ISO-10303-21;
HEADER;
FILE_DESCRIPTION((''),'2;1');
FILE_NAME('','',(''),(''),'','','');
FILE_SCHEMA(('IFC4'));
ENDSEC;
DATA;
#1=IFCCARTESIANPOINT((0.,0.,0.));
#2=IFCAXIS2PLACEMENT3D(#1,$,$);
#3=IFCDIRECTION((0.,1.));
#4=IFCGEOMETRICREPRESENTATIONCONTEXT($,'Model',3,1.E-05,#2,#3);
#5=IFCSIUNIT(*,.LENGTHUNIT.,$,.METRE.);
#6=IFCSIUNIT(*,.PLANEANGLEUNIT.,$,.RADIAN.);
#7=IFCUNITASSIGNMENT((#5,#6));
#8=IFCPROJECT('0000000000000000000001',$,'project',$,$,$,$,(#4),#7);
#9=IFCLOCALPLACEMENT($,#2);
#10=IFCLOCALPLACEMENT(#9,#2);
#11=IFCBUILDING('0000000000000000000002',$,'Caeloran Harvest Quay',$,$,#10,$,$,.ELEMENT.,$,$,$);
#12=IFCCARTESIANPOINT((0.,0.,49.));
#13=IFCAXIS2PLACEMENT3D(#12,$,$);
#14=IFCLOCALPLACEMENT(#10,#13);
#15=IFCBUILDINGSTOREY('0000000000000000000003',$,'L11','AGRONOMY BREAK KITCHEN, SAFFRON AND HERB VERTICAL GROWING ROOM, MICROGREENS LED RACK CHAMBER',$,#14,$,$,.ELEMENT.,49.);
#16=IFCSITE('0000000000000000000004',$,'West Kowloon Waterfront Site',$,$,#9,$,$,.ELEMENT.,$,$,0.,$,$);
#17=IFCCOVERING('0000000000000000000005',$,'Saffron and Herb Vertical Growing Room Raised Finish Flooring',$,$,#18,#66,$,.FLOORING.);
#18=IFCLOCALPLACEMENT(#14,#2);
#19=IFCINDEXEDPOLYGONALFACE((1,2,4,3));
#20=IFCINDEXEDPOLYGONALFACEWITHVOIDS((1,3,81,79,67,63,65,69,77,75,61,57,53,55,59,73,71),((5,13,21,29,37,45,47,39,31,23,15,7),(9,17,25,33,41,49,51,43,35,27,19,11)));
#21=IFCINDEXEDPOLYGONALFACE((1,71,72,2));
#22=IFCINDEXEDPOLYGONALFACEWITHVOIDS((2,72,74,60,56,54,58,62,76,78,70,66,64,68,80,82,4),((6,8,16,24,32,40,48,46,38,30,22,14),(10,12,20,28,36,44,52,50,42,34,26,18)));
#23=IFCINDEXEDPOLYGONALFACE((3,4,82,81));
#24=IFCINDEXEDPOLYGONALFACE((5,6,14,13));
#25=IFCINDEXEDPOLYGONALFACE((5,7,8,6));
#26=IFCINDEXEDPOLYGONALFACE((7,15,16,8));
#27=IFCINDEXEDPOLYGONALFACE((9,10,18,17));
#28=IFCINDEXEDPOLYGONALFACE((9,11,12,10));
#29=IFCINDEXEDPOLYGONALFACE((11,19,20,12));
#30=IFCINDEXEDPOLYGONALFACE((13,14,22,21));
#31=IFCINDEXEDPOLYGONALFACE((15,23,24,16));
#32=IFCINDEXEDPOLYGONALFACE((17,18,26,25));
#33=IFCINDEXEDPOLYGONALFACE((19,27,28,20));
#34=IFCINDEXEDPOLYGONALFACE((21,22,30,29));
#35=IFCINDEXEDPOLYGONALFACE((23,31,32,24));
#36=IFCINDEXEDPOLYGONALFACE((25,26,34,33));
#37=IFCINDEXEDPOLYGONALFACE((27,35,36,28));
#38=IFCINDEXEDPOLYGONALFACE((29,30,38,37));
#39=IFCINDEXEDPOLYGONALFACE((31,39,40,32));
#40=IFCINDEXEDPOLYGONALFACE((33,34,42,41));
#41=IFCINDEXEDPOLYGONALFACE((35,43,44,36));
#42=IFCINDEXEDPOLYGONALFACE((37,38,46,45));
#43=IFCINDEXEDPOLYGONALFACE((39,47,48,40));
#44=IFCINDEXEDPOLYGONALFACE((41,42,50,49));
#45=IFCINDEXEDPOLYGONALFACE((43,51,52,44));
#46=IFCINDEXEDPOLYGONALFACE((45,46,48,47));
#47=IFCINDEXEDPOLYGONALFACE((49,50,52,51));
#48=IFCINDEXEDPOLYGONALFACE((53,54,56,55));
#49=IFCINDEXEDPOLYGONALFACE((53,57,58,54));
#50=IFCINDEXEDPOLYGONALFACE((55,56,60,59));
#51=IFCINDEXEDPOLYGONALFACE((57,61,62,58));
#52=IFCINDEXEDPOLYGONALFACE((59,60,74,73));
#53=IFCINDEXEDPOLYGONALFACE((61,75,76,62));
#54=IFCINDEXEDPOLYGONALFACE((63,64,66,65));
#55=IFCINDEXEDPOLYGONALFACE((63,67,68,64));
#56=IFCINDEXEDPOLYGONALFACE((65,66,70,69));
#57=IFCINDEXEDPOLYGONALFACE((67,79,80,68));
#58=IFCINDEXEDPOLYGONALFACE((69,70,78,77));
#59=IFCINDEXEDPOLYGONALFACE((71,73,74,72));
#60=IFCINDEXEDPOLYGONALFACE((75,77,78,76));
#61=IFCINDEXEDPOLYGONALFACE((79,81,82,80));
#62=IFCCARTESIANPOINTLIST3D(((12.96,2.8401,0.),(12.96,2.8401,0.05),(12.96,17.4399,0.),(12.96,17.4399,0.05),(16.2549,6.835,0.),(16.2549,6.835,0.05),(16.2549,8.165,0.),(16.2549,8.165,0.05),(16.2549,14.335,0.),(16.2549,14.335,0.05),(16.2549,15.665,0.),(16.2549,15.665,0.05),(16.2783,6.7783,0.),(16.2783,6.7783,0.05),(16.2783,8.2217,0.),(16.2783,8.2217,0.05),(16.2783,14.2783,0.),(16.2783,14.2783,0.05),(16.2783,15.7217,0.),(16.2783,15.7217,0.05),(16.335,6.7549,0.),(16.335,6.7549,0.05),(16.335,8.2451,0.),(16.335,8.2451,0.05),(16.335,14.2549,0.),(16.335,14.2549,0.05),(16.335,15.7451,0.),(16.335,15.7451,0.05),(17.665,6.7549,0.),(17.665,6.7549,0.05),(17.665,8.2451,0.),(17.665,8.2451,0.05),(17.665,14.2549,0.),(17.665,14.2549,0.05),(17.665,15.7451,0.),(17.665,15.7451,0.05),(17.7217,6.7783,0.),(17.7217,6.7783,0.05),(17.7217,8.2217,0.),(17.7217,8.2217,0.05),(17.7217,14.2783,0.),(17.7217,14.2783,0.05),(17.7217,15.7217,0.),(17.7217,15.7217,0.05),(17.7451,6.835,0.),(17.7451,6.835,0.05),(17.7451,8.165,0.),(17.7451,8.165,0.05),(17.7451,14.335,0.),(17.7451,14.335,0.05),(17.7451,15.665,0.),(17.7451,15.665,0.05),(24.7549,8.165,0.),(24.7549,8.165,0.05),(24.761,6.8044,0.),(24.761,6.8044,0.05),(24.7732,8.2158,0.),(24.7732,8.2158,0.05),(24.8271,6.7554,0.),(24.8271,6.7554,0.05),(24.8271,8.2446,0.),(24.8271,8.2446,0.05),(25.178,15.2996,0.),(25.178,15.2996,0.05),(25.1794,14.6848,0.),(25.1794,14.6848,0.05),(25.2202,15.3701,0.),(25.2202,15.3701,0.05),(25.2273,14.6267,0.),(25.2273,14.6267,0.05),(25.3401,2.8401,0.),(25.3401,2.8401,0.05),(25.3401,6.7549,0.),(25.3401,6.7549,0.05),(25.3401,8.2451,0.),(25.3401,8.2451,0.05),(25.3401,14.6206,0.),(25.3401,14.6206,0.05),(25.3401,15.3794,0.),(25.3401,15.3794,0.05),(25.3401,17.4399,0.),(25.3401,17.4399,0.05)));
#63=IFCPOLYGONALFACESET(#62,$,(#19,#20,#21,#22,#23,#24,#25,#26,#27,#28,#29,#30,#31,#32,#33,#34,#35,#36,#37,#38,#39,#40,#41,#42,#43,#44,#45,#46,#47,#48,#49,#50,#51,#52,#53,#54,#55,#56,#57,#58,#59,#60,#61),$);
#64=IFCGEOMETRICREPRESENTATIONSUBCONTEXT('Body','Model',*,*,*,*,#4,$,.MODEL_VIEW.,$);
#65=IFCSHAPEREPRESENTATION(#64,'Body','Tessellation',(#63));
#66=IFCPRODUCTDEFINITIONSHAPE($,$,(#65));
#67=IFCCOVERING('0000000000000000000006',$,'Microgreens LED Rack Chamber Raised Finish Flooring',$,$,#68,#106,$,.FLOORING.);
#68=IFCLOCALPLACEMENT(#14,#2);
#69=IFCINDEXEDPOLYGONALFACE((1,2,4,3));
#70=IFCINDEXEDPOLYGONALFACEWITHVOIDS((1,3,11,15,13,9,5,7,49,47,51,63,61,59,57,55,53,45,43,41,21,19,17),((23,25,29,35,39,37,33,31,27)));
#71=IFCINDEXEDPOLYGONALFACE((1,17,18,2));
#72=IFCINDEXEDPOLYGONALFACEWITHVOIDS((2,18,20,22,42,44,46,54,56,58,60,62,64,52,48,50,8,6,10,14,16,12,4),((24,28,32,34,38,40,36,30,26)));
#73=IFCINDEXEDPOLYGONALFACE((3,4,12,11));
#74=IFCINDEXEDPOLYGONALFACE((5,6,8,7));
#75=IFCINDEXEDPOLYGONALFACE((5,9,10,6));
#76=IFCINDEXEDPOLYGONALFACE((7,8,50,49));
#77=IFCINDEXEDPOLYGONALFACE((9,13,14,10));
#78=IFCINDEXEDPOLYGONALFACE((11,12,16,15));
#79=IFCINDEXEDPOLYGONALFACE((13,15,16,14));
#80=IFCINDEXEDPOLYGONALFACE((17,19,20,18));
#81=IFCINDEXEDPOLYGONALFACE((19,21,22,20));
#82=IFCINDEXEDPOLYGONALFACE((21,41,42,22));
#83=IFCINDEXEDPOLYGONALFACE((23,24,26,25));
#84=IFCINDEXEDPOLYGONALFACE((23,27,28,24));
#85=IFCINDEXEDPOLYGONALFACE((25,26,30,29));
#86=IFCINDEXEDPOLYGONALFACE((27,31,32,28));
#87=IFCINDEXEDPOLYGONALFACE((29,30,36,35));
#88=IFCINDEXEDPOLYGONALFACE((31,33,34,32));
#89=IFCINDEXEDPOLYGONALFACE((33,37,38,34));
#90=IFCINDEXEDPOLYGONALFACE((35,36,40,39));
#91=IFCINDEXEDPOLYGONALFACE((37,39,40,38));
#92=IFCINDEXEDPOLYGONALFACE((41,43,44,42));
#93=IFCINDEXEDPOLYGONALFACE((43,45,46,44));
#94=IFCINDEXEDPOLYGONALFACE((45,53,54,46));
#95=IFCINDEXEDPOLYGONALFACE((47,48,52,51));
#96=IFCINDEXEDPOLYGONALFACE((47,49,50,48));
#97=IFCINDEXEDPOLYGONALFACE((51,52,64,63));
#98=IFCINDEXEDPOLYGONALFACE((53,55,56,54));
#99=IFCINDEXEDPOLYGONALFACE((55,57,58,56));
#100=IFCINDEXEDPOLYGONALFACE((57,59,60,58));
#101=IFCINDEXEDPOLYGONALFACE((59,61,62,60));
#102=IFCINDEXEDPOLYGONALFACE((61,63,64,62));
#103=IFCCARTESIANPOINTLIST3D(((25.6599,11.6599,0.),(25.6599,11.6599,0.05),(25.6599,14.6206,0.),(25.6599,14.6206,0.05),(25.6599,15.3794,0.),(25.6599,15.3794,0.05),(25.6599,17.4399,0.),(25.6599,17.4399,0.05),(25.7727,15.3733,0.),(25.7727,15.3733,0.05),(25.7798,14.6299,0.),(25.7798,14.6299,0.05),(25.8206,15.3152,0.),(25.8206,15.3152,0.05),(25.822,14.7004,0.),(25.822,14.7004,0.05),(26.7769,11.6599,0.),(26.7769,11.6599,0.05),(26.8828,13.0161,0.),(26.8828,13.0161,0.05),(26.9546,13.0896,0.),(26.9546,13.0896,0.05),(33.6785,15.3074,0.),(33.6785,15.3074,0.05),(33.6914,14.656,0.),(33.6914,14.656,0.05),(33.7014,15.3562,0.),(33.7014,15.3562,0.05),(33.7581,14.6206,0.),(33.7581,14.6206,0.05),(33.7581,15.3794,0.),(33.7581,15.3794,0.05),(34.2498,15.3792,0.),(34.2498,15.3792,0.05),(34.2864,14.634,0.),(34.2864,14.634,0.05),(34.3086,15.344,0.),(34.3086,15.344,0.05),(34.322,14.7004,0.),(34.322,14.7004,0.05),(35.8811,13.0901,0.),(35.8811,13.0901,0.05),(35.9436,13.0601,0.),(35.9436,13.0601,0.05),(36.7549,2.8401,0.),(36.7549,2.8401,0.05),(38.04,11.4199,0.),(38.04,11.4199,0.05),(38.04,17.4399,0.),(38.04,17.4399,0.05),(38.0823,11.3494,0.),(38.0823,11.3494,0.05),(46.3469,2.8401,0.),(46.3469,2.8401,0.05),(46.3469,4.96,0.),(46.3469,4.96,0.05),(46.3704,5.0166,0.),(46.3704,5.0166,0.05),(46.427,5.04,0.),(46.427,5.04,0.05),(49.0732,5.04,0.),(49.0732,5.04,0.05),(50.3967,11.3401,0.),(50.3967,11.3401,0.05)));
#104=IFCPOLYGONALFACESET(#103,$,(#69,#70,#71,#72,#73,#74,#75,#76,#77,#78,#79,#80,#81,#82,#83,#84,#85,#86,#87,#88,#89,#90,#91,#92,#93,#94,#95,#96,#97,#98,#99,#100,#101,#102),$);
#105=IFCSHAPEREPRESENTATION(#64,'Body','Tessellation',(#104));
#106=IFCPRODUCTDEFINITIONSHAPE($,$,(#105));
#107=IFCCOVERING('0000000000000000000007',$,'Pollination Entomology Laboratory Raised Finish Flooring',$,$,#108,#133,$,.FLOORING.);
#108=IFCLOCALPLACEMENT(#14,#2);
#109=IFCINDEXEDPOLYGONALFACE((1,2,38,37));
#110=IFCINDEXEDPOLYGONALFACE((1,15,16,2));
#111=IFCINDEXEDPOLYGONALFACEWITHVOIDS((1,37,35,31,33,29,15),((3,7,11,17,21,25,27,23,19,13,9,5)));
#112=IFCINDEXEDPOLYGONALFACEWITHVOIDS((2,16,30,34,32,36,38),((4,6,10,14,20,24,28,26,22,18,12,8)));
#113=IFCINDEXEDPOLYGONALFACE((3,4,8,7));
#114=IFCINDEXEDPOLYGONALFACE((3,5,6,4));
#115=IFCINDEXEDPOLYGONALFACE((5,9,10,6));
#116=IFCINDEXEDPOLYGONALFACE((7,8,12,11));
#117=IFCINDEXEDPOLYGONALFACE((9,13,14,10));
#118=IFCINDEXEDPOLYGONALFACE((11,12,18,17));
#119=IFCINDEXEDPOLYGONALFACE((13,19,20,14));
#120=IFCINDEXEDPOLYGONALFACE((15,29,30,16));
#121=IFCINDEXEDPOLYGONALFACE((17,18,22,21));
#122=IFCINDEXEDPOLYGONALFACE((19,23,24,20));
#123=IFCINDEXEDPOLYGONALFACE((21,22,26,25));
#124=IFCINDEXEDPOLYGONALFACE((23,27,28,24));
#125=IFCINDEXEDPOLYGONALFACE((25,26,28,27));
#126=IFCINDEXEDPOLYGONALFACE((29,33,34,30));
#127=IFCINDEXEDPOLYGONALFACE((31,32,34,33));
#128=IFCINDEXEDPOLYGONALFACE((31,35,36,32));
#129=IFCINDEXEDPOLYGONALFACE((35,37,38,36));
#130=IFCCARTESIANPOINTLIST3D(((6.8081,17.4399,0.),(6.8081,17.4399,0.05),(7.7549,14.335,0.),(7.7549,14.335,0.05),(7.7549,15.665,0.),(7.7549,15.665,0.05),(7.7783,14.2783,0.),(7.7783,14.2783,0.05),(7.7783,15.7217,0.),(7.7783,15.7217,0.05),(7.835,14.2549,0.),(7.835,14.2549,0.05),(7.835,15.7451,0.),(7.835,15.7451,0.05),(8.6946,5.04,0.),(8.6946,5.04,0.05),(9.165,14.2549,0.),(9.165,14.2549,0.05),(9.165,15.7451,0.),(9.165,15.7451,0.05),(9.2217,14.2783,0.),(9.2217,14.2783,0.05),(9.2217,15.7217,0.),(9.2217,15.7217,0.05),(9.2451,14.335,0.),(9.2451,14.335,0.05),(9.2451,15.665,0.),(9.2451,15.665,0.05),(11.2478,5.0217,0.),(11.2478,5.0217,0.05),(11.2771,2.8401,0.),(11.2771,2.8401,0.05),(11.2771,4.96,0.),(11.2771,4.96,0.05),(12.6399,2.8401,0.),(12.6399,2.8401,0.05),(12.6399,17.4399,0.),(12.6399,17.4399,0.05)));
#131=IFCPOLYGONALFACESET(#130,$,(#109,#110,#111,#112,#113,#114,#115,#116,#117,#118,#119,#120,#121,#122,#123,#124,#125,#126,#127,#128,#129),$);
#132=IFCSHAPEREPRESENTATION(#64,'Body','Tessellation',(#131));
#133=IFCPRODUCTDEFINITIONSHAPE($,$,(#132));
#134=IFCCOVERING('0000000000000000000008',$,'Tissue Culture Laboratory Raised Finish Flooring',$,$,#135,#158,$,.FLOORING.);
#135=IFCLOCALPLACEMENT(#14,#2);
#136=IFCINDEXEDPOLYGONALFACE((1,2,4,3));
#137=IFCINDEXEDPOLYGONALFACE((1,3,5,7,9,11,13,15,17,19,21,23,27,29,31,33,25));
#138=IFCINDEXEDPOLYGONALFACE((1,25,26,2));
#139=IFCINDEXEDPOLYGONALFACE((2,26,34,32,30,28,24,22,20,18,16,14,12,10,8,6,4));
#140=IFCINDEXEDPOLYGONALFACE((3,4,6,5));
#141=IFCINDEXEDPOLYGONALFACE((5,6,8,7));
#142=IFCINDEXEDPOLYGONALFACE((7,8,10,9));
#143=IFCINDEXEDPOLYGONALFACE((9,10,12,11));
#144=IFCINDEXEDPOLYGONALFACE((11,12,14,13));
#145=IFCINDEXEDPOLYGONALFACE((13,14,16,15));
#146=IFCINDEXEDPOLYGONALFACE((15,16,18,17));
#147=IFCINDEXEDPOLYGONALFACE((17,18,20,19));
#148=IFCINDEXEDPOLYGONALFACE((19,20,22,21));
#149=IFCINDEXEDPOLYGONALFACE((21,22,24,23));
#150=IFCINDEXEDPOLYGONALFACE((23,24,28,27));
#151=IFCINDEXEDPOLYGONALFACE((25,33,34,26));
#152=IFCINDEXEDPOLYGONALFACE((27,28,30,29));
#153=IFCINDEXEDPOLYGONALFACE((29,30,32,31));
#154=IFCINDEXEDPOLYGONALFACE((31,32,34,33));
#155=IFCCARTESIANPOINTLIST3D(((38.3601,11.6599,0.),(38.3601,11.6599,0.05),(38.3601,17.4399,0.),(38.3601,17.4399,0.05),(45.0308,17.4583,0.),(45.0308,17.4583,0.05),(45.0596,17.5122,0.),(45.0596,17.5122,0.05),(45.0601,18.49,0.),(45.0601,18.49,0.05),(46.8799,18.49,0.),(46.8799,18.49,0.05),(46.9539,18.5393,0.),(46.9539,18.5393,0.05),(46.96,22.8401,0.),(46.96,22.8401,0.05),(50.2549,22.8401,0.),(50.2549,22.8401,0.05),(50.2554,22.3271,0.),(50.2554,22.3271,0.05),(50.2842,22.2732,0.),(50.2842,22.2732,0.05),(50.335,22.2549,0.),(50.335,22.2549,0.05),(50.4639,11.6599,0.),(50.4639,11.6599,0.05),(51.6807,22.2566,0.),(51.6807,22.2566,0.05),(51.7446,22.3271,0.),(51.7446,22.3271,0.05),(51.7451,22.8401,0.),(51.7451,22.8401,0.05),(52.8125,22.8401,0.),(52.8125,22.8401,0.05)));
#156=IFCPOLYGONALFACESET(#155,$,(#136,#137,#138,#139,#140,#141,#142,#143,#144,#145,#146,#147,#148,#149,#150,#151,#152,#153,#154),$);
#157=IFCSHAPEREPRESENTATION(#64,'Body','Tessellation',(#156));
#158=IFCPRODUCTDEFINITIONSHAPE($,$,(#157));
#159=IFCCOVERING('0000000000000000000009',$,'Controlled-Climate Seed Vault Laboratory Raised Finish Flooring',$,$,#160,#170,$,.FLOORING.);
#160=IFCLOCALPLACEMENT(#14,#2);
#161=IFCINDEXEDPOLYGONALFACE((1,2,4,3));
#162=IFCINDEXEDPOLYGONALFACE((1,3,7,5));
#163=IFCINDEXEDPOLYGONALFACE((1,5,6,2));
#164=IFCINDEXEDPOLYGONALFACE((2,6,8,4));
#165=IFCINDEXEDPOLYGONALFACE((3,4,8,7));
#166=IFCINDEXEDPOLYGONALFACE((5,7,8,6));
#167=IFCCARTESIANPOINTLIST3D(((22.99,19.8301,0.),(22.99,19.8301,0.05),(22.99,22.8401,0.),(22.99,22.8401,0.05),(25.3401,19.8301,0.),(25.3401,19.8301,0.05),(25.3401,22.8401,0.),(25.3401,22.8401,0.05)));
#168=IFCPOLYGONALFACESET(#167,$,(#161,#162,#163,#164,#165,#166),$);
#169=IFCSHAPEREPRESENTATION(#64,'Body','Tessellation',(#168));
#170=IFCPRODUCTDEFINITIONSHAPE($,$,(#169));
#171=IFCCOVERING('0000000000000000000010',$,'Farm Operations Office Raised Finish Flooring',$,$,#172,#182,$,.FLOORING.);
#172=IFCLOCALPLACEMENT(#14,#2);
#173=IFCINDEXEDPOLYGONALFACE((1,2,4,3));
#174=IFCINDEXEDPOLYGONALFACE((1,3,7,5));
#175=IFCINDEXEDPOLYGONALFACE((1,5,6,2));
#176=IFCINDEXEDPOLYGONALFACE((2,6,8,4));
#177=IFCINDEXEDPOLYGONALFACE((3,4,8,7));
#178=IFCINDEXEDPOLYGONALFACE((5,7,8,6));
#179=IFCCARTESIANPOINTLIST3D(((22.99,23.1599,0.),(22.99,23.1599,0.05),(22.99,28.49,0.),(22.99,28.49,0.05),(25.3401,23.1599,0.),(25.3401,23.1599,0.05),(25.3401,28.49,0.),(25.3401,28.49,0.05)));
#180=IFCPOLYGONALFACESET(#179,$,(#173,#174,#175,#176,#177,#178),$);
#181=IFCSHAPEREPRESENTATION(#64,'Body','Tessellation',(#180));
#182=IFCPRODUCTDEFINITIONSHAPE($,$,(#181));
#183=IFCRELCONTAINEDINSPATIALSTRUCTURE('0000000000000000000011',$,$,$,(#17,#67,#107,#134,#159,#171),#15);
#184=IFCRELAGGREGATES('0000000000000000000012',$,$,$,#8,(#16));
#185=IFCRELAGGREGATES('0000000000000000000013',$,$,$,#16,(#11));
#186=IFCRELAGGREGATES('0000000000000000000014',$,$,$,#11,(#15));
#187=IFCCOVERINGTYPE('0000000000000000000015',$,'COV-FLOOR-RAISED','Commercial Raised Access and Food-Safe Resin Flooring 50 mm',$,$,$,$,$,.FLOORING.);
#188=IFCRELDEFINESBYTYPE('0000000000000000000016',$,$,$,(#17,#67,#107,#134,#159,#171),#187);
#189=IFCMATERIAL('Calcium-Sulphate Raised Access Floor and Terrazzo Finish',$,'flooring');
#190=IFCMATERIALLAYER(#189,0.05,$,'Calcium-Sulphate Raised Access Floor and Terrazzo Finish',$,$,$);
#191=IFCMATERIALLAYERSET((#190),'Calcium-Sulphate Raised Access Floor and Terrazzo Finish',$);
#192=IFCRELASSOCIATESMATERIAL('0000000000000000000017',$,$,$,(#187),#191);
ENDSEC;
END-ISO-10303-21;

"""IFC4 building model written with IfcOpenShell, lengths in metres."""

from ifc_helpers import new_model, si_unit, direction, frame, origin, place, context, subcontext, project, spatial, polyline, outline, extrude, material, layer, layer_set, type_object, element, save


model = new_model("IFC4")

# Units and contexts
model_context = context("Model", 3, precision=1e-05, world=origin(), true_north=direction((0.0, 1.0)))
body_context = subcontext(model_context, "Body", "Model", "MODEL_VIEW")
ifc_project = project(units=[si_unit("LENGTHUNIT", "METRE"), si_unit("PLANEANGLEUNIT", "RADIAN")], contexts=[model_context])

# Site, building, storey
site_placement = place(None, origin())
site = spatial("IfcSite", under=ifc_project, at=site_placement, Name="West Kowloon Waterfront Site", CompositionType="ELEMENT", RefElevation=0.0)
building_placement = place(site_placement, origin())
building = spatial("IfcBuilding", under=site, at=building_placement, Name="Caeloran Harvest Quay", CompositionType="ELEMENT")
storey_placement = place(building_placement, frame((0.0, 0.0, 49.0)))
storey = spatial("IfcBuildingStorey", under=building, at=storey_placement, Name="L11", Description="AGRONOMY BREAK KITCHEN, SAFFRON AND HERB VERTICAL GROWING ROOM, MICROGREENS LED RACK CHAMBER", CompositionType="ELEMENT", Elevation=49.0)

# Coverings
ifc_material_1 = material(Name="Calcium-Sulphate Raised Access Floor and Terrazzo Finish", Category="flooring")
ifc_layer_1 = layer(ifc_material_1, 0.05, Name="Calcium-Sulphate Raised Access Floor and Terrazzo Finish")
ifc_layer_set_1 = layer_set([ifc_layer_1], Name="Calcium-Sulphate Raised Access Floor and Terrazzo Finish")
covering_type_1 = type_object("IfcCoveringType", Name="COV-FLOOR-RAISED", Description="Commercial Raised Access and Food-Safe Resin Flooring 50 mm", PredefinedType="FLOORING", material=ifc_layer_set_1)
covering_1_placement = place(storey_placement, origin())
element("IfcCovering", 1, at=covering_1_placement, inside=storey, type_object=covering_type_1, Name="Saffron and Herb Vertical Growing Room Raised Finish Flooring", PredefinedType="FLOORING", context=body_context, shape_type="SweptSolid", body=[
    extrude(outline(polyline([(25.3401, 17.4399), (25.3401, 15.3794), (25.2202, 15.3701), (25.178, 15.2996), (25.1794, 14.6848), (25.2273, 14.6267), (25.3401, 14.6206), (25.3401, 8.2451), (24.8271, 8.2446), (24.7732, 8.2158), (24.7549, 8.165), (24.761, 6.8044), (24.8271, 6.7554), (25.3401, 6.7549), (25.3401, 2.8401), (12.96, 2.8401), (12.96, 17.4399), (25.3401, 17.4399)]), holes=[polyline([(16.335, 8.2451), (16.2783, 8.2217), (16.2549, 8.165), (16.2549, 6.835), (16.2783, 6.7783), (16.335, 6.7549), (17.665, 6.7549), (17.7217, 6.7783), (17.7451, 6.835), (17.7451, 8.165), (17.7217, 8.2217), (17.665, 8.2451), (16.335, 8.2451)]), polyline([(17.7451, 15.665), (17.7217, 15.7217), (17.665, 15.7451), (16.335, 15.7451), (16.2783, 15.7217), (16.2549, 15.665), (16.2549, 14.335), (16.2783, 14.2783), (16.335, 14.2549), (17.665, 14.2549), (17.7217, 14.2783), (17.7451, 14.335), (17.7451, 15.665)])]), origin(), (0.0, 0.0, 1.0), 0.05),
])
covering_2_placement = place(storey_placement, origin())
element("IfcCovering", 2, at=covering_2_placement, inside=storey, type_object=covering_type_1, Name="Microgreens LED Rack Chamber Raised Finish Flooring", PredefinedType="FLOORING", context=body_context, shape_type="SweptSolid", body=[
    extrude(outline(polyline([(46.427, 5.04), (46.3704, 5.0166), (46.3469, 4.96), (46.3469, 2.8401), (36.7549, 2.8401), (35.9436, 13.0601), (35.8811, 13.0901), (26.9546, 13.0896), (26.8828, 13.0161), (26.7769, 11.6599), (25.6599, 11.6599), (25.6599, 14.6206), (25.7798, 14.6299), (25.822, 14.7004), (25.8206, 15.3152), (25.7727, 15.3733), (25.6599, 15.3794), (25.6599, 17.4399), (38.04, 17.4399), (38.04, 11.4199), (38.0823, 11.3494), (50.3967, 11.3401), (49.0732, 5.04), (46.427, 5.04)]), holes=[polyline([(33.7581, 15.3794), (33.7014, 15.3562), (33.6785, 15.3074), (33.6914, 14.656), (33.7581, 14.6206), (34.2864, 14.634), (34.322, 14.7004), (34.3086, 15.344), (34.2498, 15.3792), (33.7581, 15.3794)])]), origin(), (0.0, 0.0, 1.0), 0.05),
])
covering_3_placement = place(storey_placement, origin())
element("IfcCovering", 3, at=covering_3_placement, inside=storey, type_object=covering_type_1, Name="Pollination Entomology Laboratory Raised Finish Flooring", PredefinedType="FLOORING", context=body_context, shape_type="SweptSolid", body=[
    extrude(outline(polyline([(12.6399, 17.4399), (12.6399, 2.8401), (11.2771, 2.8401), (11.2771, 4.96), (11.2478, 5.0217), (8.6946, 5.04), (6.8081, 17.4399), (12.6399, 17.4399)]), holes=[polyline([(9.2451, 15.665), (9.2217, 15.7217), (9.165, 15.7451), (7.835, 15.7451), (7.7783, 15.7217), (7.7549, 15.665), (7.7549, 14.335), (7.7783, 14.2783), (7.835, 14.2549), (9.165, 14.2549), (9.2217, 14.2783), (9.2451, 14.335), (9.2451, 15.665)])]), origin(), (0.0, 0.0, 1.0), 0.05),
])
covering_4_placement = place(storey_placement, origin())
element("IfcCovering", 4, at=covering_4_placement, inside=storey, type_object=covering_type_1, Name="Tissue Culture Laboratory Raised Finish Flooring", PredefinedType="FLOORING", context=body_context, shape_type="SweptSolid", body=[
    extrude(outline(polyline([(38.3601, 17.4399), (45.0308, 17.4583), (45.0596, 17.5122), (45.0601, 18.49), (46.8799, 18.49), (46.9539, 18.5393), (46.96, 22.8401), (50.2549, 22.8401), (50.2554, 22.3271), (50.2842, 22.2732), (50.335, 22.2549), (51.6807, 22.2566), (51.7446, 22.3271), (51.7451, 22.8401), (52.8125, 22.8401), (50.4639, 11.6599), (38.3601, 11.6599), (38.3601, 17.4399)])), origin(), (0.0, 0.0, 1.0), 0.05),
])
covering_5_placement = place(storey_placement, origin())
element("IfcCovering", 5, at=covering_5_placement, inside=storey, type_object=covering_type_1, Name="Controlled-Climate Seed Vault Laboratory Raised Finish Flooring", PredefinedType="FLOORING", context=body_context, shape_type="SweptSolid", body=[
    extrude(outline(polyline([(25.3401, 19.8301), (22.99, 19.8301), (22.99, 22.8401), (25.3401, 22.8401), (25.3401, 19.8301)])), origin(), (0.0, 0.0, 1.0), 0.05),
])
covering_6_placement = place(storey_placement, origin())
element("IfcCovering", 6, at=covering_6_placement, inside=storey, type_object=covering_type_1, Name="Farm Operations Office Raised Finish Flooring", PredefinedType="FLOORING", context=body_context, shape_type="SweptSolid", body=[
    extrude(outline(polyline([(22.99, 28.49), (25.3401, 28.49), (25.3401, 23.1599), (22.99, 23.1599), (22.99, 28.49)])), origin(), (0.0, 0.0, 1.0), 0.05),
])

save(model, "model.ifc")
